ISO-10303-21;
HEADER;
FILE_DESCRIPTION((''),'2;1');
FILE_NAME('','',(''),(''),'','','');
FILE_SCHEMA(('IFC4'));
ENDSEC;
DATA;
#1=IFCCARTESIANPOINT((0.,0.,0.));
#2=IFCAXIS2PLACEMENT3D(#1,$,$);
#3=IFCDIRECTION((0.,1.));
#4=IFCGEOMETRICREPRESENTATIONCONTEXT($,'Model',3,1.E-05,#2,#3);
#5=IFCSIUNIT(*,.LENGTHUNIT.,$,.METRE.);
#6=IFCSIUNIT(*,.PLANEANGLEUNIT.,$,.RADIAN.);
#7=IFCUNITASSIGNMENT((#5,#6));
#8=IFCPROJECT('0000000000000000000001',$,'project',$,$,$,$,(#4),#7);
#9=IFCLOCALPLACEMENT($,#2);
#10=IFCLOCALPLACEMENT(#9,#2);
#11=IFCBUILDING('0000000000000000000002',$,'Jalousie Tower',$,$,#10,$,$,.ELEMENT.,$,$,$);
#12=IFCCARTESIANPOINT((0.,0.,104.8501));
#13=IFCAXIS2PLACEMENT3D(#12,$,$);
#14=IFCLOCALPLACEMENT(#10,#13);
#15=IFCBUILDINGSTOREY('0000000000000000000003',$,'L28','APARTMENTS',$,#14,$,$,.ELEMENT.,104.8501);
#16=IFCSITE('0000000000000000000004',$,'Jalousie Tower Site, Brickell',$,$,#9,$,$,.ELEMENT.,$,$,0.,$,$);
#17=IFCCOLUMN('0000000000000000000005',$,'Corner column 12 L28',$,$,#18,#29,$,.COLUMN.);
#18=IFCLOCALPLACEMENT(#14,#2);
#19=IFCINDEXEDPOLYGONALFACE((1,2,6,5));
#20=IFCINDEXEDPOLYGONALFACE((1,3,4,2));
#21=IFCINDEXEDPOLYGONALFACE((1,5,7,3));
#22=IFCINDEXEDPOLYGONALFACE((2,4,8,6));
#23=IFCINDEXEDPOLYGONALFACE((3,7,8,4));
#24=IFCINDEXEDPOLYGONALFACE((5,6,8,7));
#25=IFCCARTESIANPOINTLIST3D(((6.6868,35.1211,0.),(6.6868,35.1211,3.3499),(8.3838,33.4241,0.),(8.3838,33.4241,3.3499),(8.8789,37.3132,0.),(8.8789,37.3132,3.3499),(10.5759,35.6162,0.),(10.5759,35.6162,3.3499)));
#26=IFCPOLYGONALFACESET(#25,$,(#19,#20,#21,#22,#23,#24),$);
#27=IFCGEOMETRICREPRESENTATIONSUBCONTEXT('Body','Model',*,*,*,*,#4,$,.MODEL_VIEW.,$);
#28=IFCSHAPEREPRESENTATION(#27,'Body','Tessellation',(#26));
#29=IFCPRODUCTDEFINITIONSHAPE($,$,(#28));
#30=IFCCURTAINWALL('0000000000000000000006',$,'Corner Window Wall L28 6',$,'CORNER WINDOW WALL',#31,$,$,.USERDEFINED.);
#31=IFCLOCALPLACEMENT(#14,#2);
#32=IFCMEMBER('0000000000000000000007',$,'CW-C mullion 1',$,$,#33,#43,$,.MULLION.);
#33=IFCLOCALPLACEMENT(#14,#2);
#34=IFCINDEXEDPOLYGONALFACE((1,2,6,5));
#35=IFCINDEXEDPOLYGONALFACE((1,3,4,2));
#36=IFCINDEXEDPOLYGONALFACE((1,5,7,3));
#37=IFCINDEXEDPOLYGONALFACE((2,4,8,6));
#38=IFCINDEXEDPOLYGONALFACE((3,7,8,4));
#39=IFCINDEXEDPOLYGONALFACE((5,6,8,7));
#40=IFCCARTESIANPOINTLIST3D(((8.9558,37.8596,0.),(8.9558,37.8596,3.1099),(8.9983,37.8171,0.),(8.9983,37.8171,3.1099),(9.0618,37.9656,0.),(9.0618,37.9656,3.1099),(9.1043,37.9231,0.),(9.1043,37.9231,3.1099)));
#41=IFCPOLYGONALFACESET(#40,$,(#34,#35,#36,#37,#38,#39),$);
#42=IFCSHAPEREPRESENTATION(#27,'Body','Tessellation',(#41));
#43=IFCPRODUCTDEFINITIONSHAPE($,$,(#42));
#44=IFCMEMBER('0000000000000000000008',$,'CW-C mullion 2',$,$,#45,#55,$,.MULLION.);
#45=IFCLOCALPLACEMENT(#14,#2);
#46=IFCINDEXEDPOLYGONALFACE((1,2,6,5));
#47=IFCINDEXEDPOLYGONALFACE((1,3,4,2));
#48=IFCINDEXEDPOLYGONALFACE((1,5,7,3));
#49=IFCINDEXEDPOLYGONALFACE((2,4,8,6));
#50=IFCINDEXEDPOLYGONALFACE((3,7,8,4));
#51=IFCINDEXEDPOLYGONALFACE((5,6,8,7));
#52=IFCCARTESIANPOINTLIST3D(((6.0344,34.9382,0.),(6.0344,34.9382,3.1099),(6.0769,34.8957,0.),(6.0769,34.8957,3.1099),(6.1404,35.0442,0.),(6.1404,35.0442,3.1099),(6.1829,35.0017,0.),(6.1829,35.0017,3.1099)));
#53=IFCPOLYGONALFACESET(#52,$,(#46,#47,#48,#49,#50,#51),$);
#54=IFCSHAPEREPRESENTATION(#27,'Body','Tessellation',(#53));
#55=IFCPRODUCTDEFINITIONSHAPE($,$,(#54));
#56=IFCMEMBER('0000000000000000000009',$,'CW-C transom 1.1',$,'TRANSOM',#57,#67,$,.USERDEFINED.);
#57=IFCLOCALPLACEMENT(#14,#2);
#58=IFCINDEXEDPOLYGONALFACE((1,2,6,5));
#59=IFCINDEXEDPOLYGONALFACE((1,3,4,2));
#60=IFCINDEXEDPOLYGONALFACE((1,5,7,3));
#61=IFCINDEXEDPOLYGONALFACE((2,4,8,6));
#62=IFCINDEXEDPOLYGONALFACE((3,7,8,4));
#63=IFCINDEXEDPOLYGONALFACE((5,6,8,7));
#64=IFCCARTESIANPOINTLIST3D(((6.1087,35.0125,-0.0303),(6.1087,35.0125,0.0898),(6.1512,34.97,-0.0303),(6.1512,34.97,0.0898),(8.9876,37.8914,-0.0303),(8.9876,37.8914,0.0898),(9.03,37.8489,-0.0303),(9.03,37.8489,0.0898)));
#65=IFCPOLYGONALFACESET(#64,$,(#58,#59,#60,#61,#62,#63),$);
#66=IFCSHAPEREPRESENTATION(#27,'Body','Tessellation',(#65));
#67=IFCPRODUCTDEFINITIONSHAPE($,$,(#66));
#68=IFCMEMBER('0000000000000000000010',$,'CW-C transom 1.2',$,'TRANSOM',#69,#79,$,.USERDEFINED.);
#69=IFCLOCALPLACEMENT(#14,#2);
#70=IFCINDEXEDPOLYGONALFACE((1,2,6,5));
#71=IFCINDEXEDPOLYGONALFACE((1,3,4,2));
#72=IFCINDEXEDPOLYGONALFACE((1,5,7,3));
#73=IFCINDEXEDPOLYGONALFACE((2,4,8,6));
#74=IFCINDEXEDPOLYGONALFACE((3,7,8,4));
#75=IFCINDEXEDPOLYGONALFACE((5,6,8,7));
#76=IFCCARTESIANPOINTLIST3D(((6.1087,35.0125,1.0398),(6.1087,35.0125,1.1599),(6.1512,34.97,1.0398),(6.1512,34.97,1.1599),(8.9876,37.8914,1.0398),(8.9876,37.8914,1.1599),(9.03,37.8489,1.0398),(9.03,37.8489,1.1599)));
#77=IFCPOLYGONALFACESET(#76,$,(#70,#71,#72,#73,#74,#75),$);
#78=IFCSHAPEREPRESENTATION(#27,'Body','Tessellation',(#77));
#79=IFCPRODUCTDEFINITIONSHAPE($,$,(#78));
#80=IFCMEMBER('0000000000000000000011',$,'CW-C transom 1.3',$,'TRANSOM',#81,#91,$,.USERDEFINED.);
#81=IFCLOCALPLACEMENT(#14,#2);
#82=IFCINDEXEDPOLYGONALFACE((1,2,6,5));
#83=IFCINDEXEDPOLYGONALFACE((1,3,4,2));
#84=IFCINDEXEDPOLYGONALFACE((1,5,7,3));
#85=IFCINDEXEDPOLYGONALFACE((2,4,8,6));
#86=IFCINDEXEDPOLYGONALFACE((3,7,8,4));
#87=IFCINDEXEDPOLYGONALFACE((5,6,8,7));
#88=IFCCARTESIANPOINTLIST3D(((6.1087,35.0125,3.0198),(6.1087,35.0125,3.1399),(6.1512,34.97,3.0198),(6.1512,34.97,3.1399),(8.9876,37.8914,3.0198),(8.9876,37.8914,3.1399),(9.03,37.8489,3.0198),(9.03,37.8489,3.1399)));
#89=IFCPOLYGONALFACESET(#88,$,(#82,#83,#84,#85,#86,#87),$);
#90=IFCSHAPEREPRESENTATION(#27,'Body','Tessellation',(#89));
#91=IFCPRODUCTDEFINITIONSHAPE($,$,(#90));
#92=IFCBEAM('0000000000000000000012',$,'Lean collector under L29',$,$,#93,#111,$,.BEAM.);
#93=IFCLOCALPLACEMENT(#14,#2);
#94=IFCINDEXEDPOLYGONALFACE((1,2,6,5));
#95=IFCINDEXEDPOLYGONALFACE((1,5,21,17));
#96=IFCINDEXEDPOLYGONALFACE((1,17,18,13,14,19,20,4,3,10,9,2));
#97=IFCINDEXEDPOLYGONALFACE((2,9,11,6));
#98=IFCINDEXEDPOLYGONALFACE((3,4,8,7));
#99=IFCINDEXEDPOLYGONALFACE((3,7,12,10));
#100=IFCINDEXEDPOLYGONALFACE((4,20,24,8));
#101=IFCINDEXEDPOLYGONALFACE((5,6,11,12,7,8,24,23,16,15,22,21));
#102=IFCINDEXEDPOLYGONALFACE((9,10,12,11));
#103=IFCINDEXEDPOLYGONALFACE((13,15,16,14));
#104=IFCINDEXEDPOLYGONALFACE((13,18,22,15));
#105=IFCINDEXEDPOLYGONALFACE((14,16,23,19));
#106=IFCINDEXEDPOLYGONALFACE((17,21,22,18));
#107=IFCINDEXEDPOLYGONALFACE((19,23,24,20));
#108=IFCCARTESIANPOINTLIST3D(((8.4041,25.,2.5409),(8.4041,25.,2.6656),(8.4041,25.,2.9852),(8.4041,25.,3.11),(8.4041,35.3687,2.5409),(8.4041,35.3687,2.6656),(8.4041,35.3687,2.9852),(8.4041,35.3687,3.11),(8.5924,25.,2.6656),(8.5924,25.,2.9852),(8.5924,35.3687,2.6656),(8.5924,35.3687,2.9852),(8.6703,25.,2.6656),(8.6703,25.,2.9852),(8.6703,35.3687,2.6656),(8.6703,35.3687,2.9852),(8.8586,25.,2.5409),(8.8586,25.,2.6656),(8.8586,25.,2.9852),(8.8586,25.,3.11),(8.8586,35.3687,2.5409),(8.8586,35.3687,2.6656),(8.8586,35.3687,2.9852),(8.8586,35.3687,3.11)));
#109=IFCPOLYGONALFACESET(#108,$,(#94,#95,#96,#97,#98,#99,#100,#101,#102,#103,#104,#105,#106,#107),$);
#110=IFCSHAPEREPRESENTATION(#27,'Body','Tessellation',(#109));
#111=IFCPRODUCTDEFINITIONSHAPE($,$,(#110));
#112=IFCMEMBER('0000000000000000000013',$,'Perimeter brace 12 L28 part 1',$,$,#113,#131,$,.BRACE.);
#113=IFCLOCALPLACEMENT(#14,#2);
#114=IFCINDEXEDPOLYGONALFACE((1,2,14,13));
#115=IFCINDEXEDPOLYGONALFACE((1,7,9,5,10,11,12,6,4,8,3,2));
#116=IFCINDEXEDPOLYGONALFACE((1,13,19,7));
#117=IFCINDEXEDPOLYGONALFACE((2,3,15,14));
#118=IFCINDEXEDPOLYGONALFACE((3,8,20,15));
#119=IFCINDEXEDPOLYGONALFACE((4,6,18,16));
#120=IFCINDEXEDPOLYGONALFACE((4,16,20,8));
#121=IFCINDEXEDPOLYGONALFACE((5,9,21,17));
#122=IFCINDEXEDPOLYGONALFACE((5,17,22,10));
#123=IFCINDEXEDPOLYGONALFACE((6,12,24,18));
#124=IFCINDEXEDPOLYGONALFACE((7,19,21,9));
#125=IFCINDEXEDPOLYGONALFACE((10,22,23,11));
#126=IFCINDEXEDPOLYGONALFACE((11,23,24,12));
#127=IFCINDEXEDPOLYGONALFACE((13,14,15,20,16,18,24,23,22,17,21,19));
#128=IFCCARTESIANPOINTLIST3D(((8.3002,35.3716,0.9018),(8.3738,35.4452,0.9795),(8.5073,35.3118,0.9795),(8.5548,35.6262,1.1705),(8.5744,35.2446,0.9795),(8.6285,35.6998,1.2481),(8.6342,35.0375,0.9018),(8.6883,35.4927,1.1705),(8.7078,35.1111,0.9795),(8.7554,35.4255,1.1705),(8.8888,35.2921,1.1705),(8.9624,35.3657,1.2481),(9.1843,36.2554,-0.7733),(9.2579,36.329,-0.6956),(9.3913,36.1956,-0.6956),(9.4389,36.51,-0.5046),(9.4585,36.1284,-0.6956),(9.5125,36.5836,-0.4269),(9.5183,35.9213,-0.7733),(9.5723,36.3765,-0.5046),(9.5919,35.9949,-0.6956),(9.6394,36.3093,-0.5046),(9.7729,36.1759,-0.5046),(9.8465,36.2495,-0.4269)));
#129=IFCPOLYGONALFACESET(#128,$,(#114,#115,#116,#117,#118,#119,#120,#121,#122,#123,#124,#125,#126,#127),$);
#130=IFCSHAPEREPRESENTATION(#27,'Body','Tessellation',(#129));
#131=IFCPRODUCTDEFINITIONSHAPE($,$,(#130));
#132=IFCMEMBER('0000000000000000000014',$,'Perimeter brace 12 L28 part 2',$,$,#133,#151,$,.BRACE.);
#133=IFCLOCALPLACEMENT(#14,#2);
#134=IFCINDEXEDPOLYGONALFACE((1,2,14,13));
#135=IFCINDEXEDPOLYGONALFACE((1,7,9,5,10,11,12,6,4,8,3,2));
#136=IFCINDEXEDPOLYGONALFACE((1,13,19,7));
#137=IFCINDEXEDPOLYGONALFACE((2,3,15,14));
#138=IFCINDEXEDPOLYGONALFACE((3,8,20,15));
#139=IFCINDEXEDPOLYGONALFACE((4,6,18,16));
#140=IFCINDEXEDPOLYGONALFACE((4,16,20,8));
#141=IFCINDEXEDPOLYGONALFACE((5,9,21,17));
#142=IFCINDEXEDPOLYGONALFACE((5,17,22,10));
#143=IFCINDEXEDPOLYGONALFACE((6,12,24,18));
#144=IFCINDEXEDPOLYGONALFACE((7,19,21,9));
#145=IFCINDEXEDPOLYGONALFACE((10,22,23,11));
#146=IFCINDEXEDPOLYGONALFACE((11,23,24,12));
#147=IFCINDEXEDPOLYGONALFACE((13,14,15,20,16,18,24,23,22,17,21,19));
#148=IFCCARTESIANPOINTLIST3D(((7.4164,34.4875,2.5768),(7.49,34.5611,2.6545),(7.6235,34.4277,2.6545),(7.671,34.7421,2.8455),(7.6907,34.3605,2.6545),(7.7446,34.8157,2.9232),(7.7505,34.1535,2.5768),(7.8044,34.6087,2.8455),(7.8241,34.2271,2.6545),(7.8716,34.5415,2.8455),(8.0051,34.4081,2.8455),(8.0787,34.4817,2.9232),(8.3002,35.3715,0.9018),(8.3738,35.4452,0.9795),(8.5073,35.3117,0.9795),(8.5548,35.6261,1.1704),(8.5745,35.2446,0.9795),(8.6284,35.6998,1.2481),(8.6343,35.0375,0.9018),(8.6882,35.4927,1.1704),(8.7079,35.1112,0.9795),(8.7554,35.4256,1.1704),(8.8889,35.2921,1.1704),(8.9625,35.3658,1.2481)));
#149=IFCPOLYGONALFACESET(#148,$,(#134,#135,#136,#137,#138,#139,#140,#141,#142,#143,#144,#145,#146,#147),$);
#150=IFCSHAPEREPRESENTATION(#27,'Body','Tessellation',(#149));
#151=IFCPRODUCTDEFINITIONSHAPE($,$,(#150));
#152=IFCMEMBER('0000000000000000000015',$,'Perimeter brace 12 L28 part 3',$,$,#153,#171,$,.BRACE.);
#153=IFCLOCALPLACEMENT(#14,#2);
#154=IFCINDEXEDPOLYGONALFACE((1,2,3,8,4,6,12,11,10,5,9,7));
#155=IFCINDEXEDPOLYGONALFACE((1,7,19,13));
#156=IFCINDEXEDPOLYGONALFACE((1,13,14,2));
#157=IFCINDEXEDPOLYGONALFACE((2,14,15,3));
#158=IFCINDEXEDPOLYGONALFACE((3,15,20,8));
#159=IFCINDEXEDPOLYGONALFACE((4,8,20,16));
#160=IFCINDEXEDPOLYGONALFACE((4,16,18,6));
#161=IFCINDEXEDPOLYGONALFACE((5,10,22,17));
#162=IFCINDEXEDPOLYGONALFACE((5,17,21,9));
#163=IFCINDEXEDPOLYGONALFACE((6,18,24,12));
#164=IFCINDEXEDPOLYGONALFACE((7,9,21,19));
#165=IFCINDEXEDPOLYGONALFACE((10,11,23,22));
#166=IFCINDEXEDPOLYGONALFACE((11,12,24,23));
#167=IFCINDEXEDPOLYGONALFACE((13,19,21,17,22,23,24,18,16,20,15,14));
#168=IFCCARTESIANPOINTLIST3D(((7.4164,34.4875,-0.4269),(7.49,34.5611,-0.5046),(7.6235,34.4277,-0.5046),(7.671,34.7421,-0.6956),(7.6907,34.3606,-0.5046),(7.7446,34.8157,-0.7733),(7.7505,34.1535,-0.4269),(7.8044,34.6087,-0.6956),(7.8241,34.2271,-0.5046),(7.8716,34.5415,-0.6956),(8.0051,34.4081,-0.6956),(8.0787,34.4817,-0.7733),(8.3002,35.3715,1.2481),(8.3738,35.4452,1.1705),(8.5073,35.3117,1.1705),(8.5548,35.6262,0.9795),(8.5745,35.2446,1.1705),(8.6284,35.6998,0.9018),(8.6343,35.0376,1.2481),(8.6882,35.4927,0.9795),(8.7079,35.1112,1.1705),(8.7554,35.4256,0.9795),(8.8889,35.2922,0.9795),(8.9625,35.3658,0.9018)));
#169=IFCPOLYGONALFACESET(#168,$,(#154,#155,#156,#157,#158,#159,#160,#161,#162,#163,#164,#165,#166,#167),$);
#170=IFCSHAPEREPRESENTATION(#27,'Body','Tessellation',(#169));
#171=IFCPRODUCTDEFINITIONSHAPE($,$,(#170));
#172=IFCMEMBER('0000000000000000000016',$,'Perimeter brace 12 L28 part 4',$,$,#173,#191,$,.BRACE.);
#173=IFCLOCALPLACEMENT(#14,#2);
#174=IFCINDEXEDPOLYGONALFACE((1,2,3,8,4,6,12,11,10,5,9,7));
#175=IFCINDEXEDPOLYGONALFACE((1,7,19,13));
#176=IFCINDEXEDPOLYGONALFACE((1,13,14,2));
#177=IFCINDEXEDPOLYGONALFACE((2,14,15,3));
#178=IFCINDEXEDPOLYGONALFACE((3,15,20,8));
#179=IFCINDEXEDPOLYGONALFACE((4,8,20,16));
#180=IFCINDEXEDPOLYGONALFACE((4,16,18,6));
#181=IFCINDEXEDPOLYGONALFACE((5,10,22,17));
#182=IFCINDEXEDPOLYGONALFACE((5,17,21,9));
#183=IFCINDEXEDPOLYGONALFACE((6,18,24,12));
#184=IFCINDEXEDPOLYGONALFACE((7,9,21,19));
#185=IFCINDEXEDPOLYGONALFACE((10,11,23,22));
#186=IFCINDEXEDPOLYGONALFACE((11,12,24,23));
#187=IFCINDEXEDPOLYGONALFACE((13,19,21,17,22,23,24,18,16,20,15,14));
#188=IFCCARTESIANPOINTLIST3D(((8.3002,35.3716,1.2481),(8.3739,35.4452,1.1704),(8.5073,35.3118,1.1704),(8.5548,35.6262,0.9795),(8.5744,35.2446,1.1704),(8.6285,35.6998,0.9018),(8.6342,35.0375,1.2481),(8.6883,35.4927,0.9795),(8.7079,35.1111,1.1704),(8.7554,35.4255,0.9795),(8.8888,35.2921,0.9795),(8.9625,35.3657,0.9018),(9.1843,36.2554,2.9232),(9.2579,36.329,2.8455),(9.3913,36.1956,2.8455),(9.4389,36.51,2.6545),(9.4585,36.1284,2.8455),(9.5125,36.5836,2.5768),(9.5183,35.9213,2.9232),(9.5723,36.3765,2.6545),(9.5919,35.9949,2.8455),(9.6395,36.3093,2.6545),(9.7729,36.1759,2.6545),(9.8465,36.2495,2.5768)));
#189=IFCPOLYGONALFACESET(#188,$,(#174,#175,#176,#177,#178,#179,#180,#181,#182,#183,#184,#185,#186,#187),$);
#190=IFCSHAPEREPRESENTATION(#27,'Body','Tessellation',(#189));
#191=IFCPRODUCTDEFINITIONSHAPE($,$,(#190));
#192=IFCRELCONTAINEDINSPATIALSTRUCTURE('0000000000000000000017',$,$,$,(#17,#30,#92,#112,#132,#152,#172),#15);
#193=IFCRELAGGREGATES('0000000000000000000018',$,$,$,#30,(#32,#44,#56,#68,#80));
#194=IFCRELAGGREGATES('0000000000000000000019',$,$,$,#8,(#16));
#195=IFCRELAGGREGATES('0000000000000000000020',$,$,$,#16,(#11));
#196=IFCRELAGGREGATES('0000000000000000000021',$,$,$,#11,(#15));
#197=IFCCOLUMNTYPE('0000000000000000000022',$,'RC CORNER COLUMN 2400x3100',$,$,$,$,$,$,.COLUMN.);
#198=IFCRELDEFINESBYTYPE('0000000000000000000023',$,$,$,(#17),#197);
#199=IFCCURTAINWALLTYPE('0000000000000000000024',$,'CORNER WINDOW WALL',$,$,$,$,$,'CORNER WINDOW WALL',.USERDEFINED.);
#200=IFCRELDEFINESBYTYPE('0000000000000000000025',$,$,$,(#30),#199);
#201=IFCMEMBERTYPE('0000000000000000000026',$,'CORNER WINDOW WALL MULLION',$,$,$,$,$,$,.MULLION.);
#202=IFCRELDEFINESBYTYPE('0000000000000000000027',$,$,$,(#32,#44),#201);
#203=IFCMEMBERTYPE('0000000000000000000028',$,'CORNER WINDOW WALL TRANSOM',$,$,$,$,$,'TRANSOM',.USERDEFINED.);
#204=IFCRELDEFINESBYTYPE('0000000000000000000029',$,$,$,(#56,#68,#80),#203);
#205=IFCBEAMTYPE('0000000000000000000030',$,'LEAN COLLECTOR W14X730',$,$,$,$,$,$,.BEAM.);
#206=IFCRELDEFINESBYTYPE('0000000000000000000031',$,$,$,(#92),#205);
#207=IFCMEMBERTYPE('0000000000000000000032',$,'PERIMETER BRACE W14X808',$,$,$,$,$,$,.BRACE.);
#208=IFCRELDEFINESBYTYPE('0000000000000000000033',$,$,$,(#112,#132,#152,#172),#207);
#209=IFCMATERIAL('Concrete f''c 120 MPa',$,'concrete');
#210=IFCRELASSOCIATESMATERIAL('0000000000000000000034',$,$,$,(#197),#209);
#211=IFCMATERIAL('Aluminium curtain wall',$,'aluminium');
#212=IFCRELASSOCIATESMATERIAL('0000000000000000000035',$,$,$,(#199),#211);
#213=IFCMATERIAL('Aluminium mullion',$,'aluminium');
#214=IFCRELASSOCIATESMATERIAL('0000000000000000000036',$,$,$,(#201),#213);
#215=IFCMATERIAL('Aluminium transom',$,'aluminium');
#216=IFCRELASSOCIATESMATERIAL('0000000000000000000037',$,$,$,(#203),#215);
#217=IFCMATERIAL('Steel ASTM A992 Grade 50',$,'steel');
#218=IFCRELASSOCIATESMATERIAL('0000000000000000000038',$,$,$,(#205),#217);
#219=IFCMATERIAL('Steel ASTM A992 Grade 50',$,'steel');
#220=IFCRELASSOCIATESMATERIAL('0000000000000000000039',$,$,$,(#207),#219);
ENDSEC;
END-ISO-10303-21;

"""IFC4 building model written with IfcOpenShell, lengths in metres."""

from ifc_helpers import new_model, si_unit, direction, frame, origin, origin_2d, place, context, subcontext, project, spatial, rectangle, i_section, extrude, material, material_profile, profile_set, type_object, element, aggregate, save


model = new_model("IFC4")

# Units and contexts
model_context = context("Model", 3, precision=1e-05, world=origin(), true_north=direction((0.0, 1.0)))
body_context = subcontext(model_context, "Body", "Model", "MODEL_VIEW")
ifc_project = project(units=[si_unit("LENGTHUNIT", "METRE"), si_unit("PLANEANGLEUNIT", "RADIAN")], contexts=[model_context])

# Site, building, storey
site_placement = place(None, origin())
site = spatial("IfcSite", under=ifc_project, at=site_placement, Name="Jalousie Tower Site, Brickell", CompositionType="ELEMENT", RefElevation=0.0)
building_placement = place(site_placement, origin())
building = spatial("IfcBuilding", under=site, at=building_placement, Name="Jalousie Tower", CompositionType="ELEMENT")
storey_placement = place(building_placement, frame((0.0, 0.0, 104.8501)))
storey = spatial("IfcBuildingStorey", under=building, at=storey_placement, Name="L28", Description="APARTMENTS", CompositionType="ELEMENT", Elevation=104.8501)

# Column
ifc_material_1 = material(Name="Concrete f'c 120 MPa", Category="concrete")
ifc_material_profile_1 = material_profile(ifc_material_1, rectangle(XDim=2.3999, YDim=3.1001, at=origin_2d()), Name="RC 2400x3100")
ifc_profile_set_1 = profile_set([ifc_material_profile_1], Name="Concrete f'c 120 MPa")
column_type = type_object("IfcColumnType", Name="RC CORNER COLUMN 2400x3100", PredefinedType="COLUMN", material=ifc_profile_set_1)
column_placement = place(storey_placement, frame((8.6313, 35.3687, 0.0), z_axis=(0.0, 0.0, 1.0), x_axis=(0.707107, -0.707107, 0.0)))
element("IfcColumn", 1, at=column_placement, inside=storey, type_object=column_type, Name="Corner column 12 L28", PredefinedType="COLUMN", context=body_context, shape_type="SweptSolid", body=[
    extrude(rectangle(XDim=2.3999, YDim=3.1001, at=origin_2d()), origin(), (0.0, 0.0, 1.0), 3.3499),
])

# Curtain wall, members
ifc_material_2 = material(Name="Aluminium curtain wall", Category="aluminium")
curtain_wall_type_1 = type_object("IfcCurtainWallType", Name="CORNER WINDOW WALL", ElementType="CORNER WINDOW WALL", PredefinedType="USERDEFINED", material=ifc_material_2)
curtain_wall_1_placement = place(storey_placement, origin())
curtain_wall_1 = element("IfcCurtainWall", 2, at=curtain_wall_1_placement, inside=storey, type_object=curtain_wall_type_1, Name="Corner Window Wall L28 6", ObjectType="CORNER WINDOW WALL", PredefinedType="USERDEFINED")
ifc_material_3 = material(Name="Aluminium mullion", Category="aluminium")
ifc_material_profile_2 = material_profile(ifc_material_3, rectangle(XDim=0.0601, YDim=0.1499, at=origin_2d()), Name="MULLION 60x150")
ifc_profile_set_2 = profile_set([ifc_material_profile_2], Name="Aluminium mullion")
member_type_1 = type_object("IfcMemberType", Name="CORNER WINDOW WALL MULLION", PredefinedType="MULLION", material=ifc_profile_set_2)
member_1_placement = place(storey_placement, frame((9.03, 37.8914, 0.0), z_axis=(0.0, 0.0, 1.0), x_axis=(0.707107, -0.707107, 0.0)))
member_1 = element("IfcMember", 3, at=member_1_placement, type_object=member_type_1, Name="CW-C mullion 1", PredefinedType="MULLION", context=body_context, shape_type="SweptSolid", body=[
    extrude(rectangle(XDim=0.0601, YDim=0.1499, at=origin_2d()), origin(), (0.0, 0.0, 1.0), 3.1099),
])
member_2_placement = place(storey_placement, frame((6.1086, 34.97, 0.0), z_axis=(0.0, 0.0, 1.0), x_axis=(0.707107, -0.707107, 0.0)))
member_2 = element("IfcMember", 4, at=member_2_placement, type_object=member_type_1, Name="CW-C mullion 2", PredefinedType="MULLION", context=body_context, shape_type="SweptSolid", body=[
    extrude(rectangle(XDim=0.0601, YDim=0.1499, at=origin_2d()), origin(), (0.0, 0.0, 1.0), 3.1099),
])
ifc_material_4 = material(Name="Aluminium transom", Category="aluminium")
ifc_material_profile_3 = material_profile(ifc_material_4, rectangle(XDim=0.0601, YDim=0.1201, at=origin_2d()), Name="TRANSOM 60x120")
ifc_profile_set_3 = profile_set([ifc_material_profile_3], Name="Aluminium transom")
member_type_2 = type_object("IfcMemberType", Name="CORNER WINDOW WALL TRANSOM", ElementType="TRANSOM", PredefinedType="USERDEFINED", material=ifc_profile_set_3)
member_3_placement = place(storey_placement, frame((9.0088, 37.8701, 0.0298), z_axis=(-0.707107, -0.707107, 0.0), x_axis=(0.707107, -0.707107, 0.0)))
member_3 = element("IfcMember", 5, at=member_3_placement, type_object=member_type_2, Name="CW-C transom 1.1", ObjectType="TRANSOM", PredefinedType="USERDEFINED", context=body_context, shape_type="SweptSolid", body=[
    extrude(rectangle(XDim=0.0601, YDim=0.1201, at=origin_2d()), origin(), (0.0, 0.0, 1.0), 4.0713),
])
member_4_placement = place(storey_placement, frame((9.0088, 37.8701, 1.0999), z_axis=(-0.707107, -0.707107, 0.0), x_axis=(0.707107, -0.707107, 0.0)))
member_4 = element("IfcMember", 6, at=member_4_placement, type_object=member_type_2, Name="CW-C transom 1.2", ObjectType="TRANSOM", PredefinedType="USERDEFINED", context=body_context, shape_type="SweptSolid", body=[
    extrude(rectangle(XDim=0.0601, YDim=0.1201, at=origin_2d()), origin(), (0.0, 0.0, 1.0), 4.0713),
])
member_5_placement = place(storey_placement, frame((9.0088, 37.8701, 3.0798), z_axis=(-0.707107, -0.707107, 0.0), x_axis=(0.707107, -0.707107, 0.0)))
member_5 = element("IfcMember", 7, at=member_5_placement, type_object=member_type_2, Name="CW-C transom 1.3", ObjectType="TRANSOM", PredefinedType="USERDEFINED", context=body_context, shape_type="SweptSolid", body=[
    extrude(rectangle(XDim=0.0601, YDim=0.1201, at=origin_2d()), origin(), (0.0, 0.0, 1.0), 4.0713),
])

# Beam
ifc_material_5 = material(Name="Steel ASTM A992 Grade 50", Category="steel")
ifc_material_profile_4 = material_profile(ifc_material_5, i_section(OverallWidth=0.4546, OverallDepth=0.5691, WebThickness=0.0779, FlangeThickness=0.1248, at=origin_2d()), Name="W14X730")
ifc_profile_set_4 = profile_set([ifc_material_profile_4], Name="Steel ASTM A992 Grade 50")
beam_type_1 = type_object("IfcBeamType", Name="LEAN COLLECTOR W14X730", PredefinedType="BEAM", material=ifc_profile_set_4)
beam_1_placement = place(storey_placement, frame((8.6313, 35.3687, 2.8254), z_axis=(0.0, -1.0, 0.0), x_axis=(1.0, 0.0, 0.0)))
element("IfcBeam", 8, at=beam_1_placement, inside=storey, type_object=beam_type_1, Name="Lean collector under L29", PredefinedType="BEAM", context=body_context, shape_type="SweptSolid", body=[
    extrude(i_section(OverallWidth=0.4546, OverallDepth=0.5691, WebThickness=0.0779, FlangeThickness=0.1248, at=origin_2d()), origin(), (0.0, 0.0, 1.0), 10.3687),
])

# Members
ifc_material_6 = material(Name="Steel ASTM A992 Grade 50", Category="steel")
ifc_material_profile_5 = material_profile(ifc_material_6, i_section(OverallWidth=0.4724, OverallDepth=0.5791, WebThickness=0.095, FlangeThickness=0.1299, at=origin_2d()), Name="W14X808")
ifc_profile_set_5 = profile_set([ifc_material_profile_5], Name="Steel ASTM A992 Grade 50")
member_type_3 = type_object("IfcMemberType", Name="PERIMETER BRACE W14X808", PredefinedType="BRACE", material=ifc_profile_set_5)
for number, where, z_axis, x_axis, name in (
    (9, (9.5154, 36.2524, -0.6001), (-0.422969, -0.422852, 0.801432), (0.707009, -0.707204, 0.0), "Perimeter brace 12 L28 part 1"),
    (10, (8.6313, 35.3687, 1.075), (-0.422852, -0.422969, 0.801432), (0.707204, -0.707009, 0.0), "Perimeter brace 12 L28 part 2"),
    (11, (7.7476, 34.4846, -0.6001), (0.422852, 0.422969, 0.801432), (-0.707204, 0.707009, 0.0), "Perimeter brace 12 L28 part 3"),
    (12, (8.6313, 35.3687, 1.075), (0.422969, 0.422852, 0.801432), (-0.707009, 0.707204, 0.0), "Perimeter brace 12 L28 part 4"),
):
    element("IfcMember", number, at=place(storey_placement, frame(where, z_axis=z_axis, x_axis=x_axis)), inside=storey, type_object=member_type_3, Name=name, PredefinedType="BRACE", context=body_context, shape_type="SweptSolid", body=[
        extrude(i_section(OverallWidth=0.4724, OverallDepth=0.5791, WebThickness=0.095, FlangeThickness=0.1299, at=origin_2d()), origin(), (0.0, 0.0, 1.0), 2.0901),
    ])

aggregate(curtain_wall_1, [member_1, member_2, member_3, member_4, member_5])

save(model, "model.ifc")
